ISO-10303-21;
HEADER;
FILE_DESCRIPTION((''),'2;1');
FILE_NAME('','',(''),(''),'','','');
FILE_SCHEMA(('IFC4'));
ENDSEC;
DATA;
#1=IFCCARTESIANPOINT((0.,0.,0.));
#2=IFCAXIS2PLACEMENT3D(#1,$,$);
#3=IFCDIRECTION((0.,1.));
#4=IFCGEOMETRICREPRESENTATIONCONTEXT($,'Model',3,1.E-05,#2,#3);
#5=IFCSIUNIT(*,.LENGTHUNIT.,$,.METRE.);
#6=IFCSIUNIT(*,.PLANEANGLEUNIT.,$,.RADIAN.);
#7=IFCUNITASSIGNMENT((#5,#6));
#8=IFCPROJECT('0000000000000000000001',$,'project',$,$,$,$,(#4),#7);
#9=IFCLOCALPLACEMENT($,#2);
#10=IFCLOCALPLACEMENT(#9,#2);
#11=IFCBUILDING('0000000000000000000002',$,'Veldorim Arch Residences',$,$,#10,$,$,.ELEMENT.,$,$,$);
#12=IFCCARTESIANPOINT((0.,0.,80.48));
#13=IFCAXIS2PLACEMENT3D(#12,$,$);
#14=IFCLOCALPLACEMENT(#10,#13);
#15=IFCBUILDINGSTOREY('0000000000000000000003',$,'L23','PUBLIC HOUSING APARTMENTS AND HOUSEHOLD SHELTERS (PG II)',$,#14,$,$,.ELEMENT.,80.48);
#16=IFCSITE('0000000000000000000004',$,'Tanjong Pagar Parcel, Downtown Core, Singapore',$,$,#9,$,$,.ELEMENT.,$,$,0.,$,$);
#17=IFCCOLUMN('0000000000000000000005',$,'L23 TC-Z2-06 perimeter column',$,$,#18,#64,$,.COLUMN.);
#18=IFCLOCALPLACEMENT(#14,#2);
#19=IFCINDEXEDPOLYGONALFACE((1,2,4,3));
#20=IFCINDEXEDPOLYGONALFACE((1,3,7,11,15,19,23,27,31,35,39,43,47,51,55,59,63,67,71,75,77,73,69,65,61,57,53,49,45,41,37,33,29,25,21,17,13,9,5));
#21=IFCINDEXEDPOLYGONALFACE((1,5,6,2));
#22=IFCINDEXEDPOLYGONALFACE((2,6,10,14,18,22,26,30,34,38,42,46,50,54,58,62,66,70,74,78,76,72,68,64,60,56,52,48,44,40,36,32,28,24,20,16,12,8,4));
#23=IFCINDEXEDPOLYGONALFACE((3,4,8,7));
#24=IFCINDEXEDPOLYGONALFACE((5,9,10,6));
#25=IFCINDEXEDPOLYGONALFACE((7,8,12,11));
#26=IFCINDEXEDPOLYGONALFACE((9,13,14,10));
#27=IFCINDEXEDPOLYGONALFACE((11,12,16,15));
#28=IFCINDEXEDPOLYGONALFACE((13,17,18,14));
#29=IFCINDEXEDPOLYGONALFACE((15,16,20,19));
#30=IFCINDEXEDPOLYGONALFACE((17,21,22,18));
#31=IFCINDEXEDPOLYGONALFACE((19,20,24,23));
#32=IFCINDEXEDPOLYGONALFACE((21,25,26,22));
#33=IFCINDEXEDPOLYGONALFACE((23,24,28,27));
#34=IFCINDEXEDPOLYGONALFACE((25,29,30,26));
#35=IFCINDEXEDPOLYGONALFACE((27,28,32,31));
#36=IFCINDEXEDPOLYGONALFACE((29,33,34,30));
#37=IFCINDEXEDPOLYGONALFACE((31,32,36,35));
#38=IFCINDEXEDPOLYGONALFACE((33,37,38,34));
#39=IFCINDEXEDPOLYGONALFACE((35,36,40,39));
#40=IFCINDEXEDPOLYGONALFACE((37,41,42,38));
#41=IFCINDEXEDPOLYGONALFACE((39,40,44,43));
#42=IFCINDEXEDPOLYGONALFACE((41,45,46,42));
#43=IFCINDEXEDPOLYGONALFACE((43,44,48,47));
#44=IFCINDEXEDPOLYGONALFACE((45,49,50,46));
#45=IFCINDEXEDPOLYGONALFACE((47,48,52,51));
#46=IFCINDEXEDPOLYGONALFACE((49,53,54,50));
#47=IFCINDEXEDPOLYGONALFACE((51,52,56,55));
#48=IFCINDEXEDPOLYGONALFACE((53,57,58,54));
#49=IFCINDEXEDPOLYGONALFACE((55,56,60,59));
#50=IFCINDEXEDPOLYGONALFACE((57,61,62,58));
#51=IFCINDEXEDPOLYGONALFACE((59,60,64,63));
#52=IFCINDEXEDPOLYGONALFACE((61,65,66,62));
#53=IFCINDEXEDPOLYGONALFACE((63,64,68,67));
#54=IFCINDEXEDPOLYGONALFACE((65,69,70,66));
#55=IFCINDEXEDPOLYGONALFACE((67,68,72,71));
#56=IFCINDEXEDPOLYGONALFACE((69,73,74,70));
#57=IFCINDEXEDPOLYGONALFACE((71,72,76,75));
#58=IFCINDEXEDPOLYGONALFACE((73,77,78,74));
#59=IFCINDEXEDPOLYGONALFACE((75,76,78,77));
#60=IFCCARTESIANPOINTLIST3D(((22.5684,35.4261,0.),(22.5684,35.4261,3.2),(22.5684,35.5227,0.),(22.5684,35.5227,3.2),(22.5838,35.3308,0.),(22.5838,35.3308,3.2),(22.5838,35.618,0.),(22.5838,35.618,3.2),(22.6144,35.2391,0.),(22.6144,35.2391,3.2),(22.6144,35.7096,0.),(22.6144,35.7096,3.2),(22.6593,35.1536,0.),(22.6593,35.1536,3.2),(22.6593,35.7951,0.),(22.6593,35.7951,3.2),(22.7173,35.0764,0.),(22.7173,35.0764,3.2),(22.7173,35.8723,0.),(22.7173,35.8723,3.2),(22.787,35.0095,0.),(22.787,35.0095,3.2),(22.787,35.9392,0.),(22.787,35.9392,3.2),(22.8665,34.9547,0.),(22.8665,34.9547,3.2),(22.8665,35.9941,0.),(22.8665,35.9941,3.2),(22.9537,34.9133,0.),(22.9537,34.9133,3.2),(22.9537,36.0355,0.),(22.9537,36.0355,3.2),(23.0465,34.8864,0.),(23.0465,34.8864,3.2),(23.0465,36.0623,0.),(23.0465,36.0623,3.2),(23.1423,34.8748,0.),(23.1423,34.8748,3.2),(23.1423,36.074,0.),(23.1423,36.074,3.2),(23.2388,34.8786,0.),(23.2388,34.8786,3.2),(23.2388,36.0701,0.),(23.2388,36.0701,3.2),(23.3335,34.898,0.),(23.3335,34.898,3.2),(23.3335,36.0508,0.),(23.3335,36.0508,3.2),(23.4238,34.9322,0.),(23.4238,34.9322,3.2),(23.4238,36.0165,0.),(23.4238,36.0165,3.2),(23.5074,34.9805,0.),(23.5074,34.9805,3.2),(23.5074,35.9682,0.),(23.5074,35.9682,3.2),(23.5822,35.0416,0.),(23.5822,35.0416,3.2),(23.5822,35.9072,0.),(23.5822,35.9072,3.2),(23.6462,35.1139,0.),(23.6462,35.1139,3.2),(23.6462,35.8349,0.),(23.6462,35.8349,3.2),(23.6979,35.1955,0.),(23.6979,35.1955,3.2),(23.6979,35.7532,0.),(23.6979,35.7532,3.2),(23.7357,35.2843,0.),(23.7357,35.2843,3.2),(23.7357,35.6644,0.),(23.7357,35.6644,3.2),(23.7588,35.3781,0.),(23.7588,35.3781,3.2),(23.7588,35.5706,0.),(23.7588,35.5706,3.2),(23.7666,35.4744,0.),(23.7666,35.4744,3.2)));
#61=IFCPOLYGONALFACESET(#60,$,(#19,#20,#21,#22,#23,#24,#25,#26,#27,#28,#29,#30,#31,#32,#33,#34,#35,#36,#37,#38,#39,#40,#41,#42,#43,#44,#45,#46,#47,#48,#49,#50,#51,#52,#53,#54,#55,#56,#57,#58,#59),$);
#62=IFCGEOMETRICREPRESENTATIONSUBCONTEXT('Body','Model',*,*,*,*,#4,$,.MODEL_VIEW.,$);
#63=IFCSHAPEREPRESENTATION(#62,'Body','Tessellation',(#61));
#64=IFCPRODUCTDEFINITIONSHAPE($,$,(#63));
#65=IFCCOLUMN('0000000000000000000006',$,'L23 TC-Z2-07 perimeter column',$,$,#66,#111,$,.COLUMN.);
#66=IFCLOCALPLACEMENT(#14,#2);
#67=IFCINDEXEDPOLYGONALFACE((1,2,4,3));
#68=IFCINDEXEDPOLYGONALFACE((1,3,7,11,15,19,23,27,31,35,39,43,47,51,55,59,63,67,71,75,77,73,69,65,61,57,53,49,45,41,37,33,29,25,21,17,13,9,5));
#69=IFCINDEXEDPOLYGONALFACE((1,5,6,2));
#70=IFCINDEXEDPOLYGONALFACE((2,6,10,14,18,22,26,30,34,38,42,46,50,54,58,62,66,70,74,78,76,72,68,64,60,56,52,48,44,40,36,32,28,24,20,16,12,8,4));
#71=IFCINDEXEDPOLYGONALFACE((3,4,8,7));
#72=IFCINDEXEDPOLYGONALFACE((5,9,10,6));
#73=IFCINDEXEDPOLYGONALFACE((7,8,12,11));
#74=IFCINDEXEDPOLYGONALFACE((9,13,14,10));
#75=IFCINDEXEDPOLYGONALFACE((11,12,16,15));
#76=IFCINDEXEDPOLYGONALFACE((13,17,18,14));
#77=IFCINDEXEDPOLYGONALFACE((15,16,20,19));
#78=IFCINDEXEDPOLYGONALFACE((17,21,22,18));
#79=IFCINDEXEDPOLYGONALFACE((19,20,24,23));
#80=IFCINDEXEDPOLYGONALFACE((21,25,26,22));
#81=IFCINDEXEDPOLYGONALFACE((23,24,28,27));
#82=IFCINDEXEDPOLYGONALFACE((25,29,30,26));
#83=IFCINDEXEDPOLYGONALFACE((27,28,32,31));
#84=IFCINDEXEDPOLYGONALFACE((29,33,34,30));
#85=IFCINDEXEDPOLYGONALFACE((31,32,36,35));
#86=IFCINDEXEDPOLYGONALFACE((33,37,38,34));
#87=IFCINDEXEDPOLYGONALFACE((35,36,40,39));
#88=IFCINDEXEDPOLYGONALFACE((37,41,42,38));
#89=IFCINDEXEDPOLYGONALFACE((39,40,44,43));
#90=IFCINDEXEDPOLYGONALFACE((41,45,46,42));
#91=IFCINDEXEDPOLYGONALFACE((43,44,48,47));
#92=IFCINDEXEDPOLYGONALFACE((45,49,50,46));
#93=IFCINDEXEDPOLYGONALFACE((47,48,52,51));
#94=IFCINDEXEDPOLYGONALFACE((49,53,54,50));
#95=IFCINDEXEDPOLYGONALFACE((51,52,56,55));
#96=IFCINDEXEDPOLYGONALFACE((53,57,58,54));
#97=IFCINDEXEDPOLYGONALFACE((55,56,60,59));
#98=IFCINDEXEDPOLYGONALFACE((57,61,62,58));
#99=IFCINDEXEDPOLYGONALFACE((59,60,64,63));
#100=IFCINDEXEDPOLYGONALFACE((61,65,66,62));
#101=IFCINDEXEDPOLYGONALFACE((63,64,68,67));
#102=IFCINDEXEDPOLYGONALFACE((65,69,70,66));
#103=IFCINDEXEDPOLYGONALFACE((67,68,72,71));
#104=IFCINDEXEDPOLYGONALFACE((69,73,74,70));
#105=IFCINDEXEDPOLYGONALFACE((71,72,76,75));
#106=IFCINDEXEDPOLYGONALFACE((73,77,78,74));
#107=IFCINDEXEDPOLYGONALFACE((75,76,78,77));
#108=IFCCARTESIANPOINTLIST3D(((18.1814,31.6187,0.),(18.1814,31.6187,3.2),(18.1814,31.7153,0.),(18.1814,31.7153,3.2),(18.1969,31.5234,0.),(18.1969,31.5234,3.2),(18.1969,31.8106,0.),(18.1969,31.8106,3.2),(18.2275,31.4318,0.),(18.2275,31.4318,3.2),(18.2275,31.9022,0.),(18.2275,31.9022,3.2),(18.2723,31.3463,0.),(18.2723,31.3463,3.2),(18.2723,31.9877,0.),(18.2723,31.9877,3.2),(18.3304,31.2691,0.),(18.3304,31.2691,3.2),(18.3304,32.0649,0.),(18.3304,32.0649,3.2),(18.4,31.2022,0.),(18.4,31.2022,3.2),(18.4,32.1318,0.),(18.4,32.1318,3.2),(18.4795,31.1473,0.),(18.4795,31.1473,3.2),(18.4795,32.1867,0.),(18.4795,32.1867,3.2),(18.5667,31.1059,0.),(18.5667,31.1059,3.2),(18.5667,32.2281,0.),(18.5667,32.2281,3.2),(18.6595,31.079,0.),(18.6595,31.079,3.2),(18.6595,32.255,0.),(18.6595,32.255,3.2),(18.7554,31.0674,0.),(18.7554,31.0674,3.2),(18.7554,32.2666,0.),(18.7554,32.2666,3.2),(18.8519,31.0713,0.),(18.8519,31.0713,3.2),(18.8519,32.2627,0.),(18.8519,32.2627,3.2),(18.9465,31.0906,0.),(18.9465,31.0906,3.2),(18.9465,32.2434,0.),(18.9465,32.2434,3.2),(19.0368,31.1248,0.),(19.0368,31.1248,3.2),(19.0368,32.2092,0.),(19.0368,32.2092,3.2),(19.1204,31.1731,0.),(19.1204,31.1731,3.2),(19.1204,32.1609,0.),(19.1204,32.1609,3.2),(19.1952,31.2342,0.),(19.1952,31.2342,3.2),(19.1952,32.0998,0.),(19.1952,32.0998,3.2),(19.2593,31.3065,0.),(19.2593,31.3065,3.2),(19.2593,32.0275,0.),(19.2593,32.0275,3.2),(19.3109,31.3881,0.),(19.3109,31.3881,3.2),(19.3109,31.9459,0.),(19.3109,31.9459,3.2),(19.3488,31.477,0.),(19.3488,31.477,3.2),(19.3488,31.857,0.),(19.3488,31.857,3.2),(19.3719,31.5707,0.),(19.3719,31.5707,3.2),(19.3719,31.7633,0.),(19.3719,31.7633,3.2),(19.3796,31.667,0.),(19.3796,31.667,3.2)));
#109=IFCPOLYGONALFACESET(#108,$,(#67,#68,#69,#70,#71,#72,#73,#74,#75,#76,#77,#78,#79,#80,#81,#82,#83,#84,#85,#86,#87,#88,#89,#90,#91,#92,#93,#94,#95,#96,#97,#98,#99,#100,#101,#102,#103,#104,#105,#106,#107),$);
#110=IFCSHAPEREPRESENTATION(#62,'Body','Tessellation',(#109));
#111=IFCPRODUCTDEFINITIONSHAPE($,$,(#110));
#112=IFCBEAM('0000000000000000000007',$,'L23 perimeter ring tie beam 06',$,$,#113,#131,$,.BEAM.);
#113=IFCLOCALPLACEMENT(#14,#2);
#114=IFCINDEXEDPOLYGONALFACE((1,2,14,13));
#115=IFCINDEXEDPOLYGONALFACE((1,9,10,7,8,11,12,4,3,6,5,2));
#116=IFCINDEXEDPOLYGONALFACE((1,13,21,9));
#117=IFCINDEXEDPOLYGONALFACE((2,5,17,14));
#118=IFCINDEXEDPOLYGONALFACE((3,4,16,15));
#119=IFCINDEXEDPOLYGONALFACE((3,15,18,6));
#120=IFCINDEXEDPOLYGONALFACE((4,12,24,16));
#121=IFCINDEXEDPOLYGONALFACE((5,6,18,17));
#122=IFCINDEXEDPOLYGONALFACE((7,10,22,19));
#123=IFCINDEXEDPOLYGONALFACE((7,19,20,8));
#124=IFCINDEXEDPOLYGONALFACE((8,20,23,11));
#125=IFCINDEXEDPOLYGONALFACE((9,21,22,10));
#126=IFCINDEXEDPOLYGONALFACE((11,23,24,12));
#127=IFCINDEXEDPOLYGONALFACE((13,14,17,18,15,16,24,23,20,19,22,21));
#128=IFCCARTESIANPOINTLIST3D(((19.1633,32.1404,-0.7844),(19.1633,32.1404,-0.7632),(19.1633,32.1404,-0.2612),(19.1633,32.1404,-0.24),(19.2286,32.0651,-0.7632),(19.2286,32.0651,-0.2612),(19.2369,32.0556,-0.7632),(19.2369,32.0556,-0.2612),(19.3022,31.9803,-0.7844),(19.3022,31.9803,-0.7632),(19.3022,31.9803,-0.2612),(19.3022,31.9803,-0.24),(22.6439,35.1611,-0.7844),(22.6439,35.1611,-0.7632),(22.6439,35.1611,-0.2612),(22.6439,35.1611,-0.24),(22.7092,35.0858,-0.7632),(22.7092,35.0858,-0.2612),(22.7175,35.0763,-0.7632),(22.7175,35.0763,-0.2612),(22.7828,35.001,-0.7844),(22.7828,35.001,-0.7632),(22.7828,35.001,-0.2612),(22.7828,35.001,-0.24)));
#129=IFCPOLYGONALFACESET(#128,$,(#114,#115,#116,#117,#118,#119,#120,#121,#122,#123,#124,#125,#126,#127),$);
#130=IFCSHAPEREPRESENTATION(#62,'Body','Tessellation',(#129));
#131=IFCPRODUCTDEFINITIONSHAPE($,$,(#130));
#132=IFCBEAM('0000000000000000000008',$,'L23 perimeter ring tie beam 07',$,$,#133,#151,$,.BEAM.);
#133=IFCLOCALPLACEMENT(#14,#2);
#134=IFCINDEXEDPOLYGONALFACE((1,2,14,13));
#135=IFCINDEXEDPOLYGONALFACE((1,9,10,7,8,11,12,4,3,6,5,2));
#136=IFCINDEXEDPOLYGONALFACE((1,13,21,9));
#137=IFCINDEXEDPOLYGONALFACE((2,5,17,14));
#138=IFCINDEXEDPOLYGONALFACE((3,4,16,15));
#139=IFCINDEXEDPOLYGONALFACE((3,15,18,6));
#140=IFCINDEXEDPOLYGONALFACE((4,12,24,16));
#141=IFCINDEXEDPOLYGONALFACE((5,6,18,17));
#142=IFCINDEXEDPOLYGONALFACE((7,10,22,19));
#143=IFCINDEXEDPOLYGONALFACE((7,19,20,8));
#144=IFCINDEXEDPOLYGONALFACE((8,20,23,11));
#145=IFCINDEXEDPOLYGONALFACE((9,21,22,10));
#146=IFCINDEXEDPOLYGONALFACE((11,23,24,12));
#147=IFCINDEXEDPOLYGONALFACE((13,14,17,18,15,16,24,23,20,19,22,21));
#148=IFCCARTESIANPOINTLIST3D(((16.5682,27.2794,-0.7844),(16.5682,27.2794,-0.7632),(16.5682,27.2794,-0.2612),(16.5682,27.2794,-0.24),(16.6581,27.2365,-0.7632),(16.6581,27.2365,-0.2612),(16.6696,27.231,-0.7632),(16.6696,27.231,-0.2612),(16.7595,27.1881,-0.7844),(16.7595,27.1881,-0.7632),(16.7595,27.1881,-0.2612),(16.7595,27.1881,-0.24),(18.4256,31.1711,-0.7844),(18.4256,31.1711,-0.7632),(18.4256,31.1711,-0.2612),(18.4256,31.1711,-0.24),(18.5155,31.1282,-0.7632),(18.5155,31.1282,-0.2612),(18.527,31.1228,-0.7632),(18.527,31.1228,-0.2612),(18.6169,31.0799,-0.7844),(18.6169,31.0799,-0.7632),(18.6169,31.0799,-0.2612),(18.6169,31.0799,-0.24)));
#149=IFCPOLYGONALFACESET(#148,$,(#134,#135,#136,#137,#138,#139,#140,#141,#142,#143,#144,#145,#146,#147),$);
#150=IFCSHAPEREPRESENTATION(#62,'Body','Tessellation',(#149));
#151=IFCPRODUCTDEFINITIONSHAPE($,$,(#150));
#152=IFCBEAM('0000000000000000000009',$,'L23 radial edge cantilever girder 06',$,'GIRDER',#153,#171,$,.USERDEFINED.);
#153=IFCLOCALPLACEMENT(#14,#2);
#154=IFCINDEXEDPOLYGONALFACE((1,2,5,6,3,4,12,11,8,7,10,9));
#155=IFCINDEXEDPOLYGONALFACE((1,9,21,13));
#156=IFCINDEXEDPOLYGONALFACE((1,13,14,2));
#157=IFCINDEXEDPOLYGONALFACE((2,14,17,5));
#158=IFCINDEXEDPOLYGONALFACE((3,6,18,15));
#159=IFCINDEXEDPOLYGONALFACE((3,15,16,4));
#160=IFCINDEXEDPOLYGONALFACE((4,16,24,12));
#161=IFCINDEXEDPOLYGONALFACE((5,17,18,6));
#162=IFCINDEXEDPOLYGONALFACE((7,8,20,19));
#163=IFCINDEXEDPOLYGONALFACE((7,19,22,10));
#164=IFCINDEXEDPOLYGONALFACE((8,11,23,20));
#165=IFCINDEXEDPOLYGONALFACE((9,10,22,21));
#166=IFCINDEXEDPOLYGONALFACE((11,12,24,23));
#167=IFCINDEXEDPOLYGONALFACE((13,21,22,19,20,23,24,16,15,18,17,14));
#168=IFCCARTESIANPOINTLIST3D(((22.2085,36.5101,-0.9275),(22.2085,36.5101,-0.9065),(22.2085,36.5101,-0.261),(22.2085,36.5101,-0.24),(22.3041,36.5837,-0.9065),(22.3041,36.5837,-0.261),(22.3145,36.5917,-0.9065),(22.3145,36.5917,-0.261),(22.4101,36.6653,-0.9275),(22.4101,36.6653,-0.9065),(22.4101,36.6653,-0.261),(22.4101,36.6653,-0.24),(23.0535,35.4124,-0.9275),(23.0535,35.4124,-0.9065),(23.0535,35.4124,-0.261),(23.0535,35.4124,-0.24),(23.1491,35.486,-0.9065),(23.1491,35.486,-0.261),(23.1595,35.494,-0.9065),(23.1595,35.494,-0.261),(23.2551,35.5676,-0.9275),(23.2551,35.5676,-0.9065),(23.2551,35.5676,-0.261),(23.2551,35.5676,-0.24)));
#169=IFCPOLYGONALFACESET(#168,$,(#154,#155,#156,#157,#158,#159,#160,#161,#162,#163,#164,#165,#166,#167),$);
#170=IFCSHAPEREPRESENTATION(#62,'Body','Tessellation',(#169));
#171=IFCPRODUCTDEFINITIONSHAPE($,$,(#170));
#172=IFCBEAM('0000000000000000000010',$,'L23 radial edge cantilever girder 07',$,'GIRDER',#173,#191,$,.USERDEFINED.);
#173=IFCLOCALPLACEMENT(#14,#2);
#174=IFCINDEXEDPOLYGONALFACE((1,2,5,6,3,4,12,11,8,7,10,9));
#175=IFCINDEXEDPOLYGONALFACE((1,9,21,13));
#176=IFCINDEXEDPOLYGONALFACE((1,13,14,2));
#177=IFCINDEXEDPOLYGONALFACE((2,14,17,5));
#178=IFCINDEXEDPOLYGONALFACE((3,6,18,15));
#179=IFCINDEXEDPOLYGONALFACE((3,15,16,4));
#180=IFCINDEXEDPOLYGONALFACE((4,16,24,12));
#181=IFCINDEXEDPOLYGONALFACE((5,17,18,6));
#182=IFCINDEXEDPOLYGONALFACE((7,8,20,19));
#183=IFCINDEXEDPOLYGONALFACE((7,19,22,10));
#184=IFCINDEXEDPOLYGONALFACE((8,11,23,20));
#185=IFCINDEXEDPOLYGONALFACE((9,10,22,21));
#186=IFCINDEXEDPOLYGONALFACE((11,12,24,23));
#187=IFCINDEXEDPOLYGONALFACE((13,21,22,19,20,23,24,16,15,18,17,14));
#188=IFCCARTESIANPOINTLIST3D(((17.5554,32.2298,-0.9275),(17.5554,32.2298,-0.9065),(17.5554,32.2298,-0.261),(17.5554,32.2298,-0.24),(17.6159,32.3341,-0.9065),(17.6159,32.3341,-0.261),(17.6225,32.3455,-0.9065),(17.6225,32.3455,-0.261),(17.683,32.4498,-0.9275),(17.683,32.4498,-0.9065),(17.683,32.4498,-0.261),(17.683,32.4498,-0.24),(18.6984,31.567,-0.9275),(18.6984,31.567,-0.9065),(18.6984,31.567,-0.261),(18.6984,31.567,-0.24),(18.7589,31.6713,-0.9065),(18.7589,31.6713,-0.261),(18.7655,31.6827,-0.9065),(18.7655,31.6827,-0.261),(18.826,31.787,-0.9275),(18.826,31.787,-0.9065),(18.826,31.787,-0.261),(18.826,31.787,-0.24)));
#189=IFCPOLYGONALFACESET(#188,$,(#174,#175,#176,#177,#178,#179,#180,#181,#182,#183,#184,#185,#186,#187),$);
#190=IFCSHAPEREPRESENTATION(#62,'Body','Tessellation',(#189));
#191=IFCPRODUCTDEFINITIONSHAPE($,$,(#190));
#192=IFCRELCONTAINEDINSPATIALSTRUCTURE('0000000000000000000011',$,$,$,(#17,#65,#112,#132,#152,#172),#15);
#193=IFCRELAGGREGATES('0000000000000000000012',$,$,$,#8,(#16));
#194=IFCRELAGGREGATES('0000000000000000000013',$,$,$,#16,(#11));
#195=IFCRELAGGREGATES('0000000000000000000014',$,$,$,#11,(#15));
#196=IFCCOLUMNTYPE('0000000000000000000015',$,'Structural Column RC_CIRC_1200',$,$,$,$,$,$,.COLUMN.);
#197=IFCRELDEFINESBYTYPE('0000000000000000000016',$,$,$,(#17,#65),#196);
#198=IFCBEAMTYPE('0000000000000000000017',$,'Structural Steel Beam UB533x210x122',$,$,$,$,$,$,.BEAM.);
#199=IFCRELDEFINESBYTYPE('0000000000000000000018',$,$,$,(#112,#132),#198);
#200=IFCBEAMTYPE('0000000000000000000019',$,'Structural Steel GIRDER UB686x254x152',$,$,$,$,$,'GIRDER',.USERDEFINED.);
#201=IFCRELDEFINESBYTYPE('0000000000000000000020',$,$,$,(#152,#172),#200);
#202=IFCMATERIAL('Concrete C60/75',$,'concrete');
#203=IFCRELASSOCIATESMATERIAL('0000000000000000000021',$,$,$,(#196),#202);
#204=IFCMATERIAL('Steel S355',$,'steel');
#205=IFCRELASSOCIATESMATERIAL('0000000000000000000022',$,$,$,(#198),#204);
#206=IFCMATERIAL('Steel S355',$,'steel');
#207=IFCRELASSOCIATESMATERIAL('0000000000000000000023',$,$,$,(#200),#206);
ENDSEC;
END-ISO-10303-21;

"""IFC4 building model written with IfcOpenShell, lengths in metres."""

from ifc_helpers import new_model, si_unit, direction, frame, origin, origin_2d, place, context, subcontext, project, spatial, circle, i_section, extrude, material, material_profile, profile_set, type_object, element, save


model = new_model("IFC4")

# Units and contexts
model_context = context("Model", 3, precision=1e-05, world=origin(), true_north=direction((0.0, 1.0)))
body_context = subcontext(model_context, "Body", "Model", "MODEL_VIEW")
ifc_project = project(units=[si_unit("LENGTHUNIT", "METRE"), si_unit("PLANEANGLEUNIT", "RADIAN")], contexts=[model_context])

# Site, building, storey
site_placement = place(None, origin())
site = spatial("IfcSite", under=ifc_project, at=site_placement, Name="Tanjong Pagar Parcel, Downtown Core, Singapore", CompositionType="ELEMENT", RefElevation=0.0)
building_placement = place(site_placement, origin())
building = spatial("IfcBuilding", under=site, at=building_placement, Name="Veldorim Arch Residences", CompositionType="ELEMENT")
storey_placement = place(building_placement, frame((0.0, 0.0, 80.48)))
storey = spatial("IfcBuildingStorey", under=building, at=storey_placement, Name="L23", Description="PUBLIC HOUSING APARTMENTS AND HOUSEHOLD SHELTERS (PG II)", CompositionType="ELEMENT", Elevation=80.48)

# Columns
ifc_material_1 = material(Name="Concrete C60/75", Category="concrete")
ifc_material_profile_1 = material_profile(ifc_material_1, circle(Radius=0.6001, at=origin_2d()), Name="RC_CIRC_1200")
ifc_profile_set_1 = profile_set([ifc_material_profile_1], Name="Concrete C60/75")
column_type = type_object("IfcColumnType", Name="Structural Column RC_CIRC_1200", PredefinedType="COLUMN", material=ifc_profile_set_1)
for number, where, z_axis, x_axis, name in (
    (1, (23.1665, 35.4744, 0.0), (0.0, 0.0, 1.0), (1.0, 0.0, 0.0), "L23 TC-Z2-06 perimeter column"),
    (2, (18.7795, 31.667, 0.0), (0.0, 0.0, 1.0), (1.0, 0.0, 0.0), "L23 TC-Z2-07 perimeter column"),
):
    element("IfcColumn", number, at=place(storey_placement, frame(where, z_axis=z_axis, x_axis=x_axis)), inside=storey, type_object=column_type, Name=name, PredefinedType="COLUMN", context=body_context, shape_type="SweptSolid", body=[
        extrude(circle(Radius=0.6001, at=origin_2d()), origin(), (0.0, 0.0, 1.0), 3.2),
    ])

# Beams
ifc_material_2 = material(Name="Steel S355", Category="steel")
ifc_material_profile_2 = material_profile(ifc_material_2, i_section(OverallWidth=0.2119, OverallDepth=0.5444, WebThickness=0.0127, FlangeThickness=0.0212, at=origin_2d()), Name="UB533x210x122")
ifc_profile_set_2 = profile_set([ifc_material_profile_2], Name="Steel S355")
beam_type_1 = type_object("IfcBeamType", Name="Structural Steel Beam UB533x210x122", PredefinedType="BEAM", material=ifc_profile_set_2)
beam_1_placement = place(storey_placement, frame((22.7134, 35.0811, -0.5122), z_axis=(-0.755245, -0.655443, 0.0), x_axis=(0.655443, -0.755245, 0.0)))
element("IfcBeam", 3, at=beam_1_placement, inside=storey, type_object=beam_type_1, Name="L23 perimeter ring tie beam 06", PredefinedType="BEAM", context=body_context, shape_type="SweptSolid", body=[
    extrude(i_section(OverallWidth=0.2119, OverallDepth=0.5444, WebThickness=0.0127, FlangeThickness=0.0212, at=origin_2d()), origin(), (0.0, 0.0, 1.0), 4.6086),
])
beam_2_placement = place(storey_placement, frame((18.5212, 31.1255, -0.5122), z_axis=(-0.43072, -0.902486, 0.0), x_axis=(0.902486, -0.43072, 0.0)))
element("IfcBeam", 4, at=beam_2_placement, inside=storey, type_object=beam_type_1, Name="L23 perimeter ring tie beam 07", PredefinedType="BEAM", context=body_context, shape_type="SweptSolid", body=[
    extrude(i_section(OverallWidth=0.2119, OverallDepth=0.5444, WebThickness=0.0127, FlangeThickness=0.0212, at=origin_2d()), origin(), (0.0, 0.0, 1.0), 4.3123),
])
ifc_material_3 = material(Name="Steel S355", Category="steel")
ifc_material_profile_3 = material_profile(ifc_material_3, i_section(OverallWidth=0.2544, OverallDepth=0.6875, WebThickness=0.0132, FlangeThickness=0.021, at=origin_2d()), Name="UB686x254x152")
ifc_profile_set_3 = profile_set([ifc_material_profile_3], Name="Steel S355")
beam_type_2 = type_object("IfcBeamType", Name="Structural Steel GIRDER UB686x254x152", ElementType="GIRDER", PredefinedType="USERDEFINED", material=ifc_profile_set_3)
beam_3_placement = place(storey_placement, frame((23.1543, 35.49, -0.5837), z_axis=(-0.609992, 0.792408, 0.0), x_axis=(-0.792408, -0.609992, 0.0)))
element("IfcBeam", 5, at=beam_3_placement, inside=storey, type_object=beam_type_2, Name="L23 radial edge cantilever girder 06", ObjectType="GIRDER", PredefinedType="USERDEFINED", context=body_context, shape_type="SweptSolid", body=[
    extrude(i_section(OverallWidth=0.2544, OverallDepth=0.6875, WebThickness=0.0132, FlangeThickness=0.021, at=origin_2d()), origin(), (0.0, 0.0, 1.0), 1.3853),
])
beam_4_placement = place(storey_placement, frame((18.7622, 31.677, -0.5837), z_axis=(-0.865076, 0.501641, 0.0), x_axis=(-0.501641, -0.865076, 0.0)))
element("IfcBeam", 6, at=beam_4_placement, inside=storey, type_object=beam_type_2, Name="L23 radial edge cantilever girder 07", ObjectType="GIRDER", PredefinedType="USERDEFINED", context=body_context, shape_type="SweptSolid", body=[
    extrude(i_section(OverallWidth=0.2544, OverallDepth=0.6875, WebThickness=0.0132, FlangeThickness=0.021, at=origin_2d()), origin(), (0.0, 0.0, 1.0), 1.3213),
])

save(model, "model.ifc")
